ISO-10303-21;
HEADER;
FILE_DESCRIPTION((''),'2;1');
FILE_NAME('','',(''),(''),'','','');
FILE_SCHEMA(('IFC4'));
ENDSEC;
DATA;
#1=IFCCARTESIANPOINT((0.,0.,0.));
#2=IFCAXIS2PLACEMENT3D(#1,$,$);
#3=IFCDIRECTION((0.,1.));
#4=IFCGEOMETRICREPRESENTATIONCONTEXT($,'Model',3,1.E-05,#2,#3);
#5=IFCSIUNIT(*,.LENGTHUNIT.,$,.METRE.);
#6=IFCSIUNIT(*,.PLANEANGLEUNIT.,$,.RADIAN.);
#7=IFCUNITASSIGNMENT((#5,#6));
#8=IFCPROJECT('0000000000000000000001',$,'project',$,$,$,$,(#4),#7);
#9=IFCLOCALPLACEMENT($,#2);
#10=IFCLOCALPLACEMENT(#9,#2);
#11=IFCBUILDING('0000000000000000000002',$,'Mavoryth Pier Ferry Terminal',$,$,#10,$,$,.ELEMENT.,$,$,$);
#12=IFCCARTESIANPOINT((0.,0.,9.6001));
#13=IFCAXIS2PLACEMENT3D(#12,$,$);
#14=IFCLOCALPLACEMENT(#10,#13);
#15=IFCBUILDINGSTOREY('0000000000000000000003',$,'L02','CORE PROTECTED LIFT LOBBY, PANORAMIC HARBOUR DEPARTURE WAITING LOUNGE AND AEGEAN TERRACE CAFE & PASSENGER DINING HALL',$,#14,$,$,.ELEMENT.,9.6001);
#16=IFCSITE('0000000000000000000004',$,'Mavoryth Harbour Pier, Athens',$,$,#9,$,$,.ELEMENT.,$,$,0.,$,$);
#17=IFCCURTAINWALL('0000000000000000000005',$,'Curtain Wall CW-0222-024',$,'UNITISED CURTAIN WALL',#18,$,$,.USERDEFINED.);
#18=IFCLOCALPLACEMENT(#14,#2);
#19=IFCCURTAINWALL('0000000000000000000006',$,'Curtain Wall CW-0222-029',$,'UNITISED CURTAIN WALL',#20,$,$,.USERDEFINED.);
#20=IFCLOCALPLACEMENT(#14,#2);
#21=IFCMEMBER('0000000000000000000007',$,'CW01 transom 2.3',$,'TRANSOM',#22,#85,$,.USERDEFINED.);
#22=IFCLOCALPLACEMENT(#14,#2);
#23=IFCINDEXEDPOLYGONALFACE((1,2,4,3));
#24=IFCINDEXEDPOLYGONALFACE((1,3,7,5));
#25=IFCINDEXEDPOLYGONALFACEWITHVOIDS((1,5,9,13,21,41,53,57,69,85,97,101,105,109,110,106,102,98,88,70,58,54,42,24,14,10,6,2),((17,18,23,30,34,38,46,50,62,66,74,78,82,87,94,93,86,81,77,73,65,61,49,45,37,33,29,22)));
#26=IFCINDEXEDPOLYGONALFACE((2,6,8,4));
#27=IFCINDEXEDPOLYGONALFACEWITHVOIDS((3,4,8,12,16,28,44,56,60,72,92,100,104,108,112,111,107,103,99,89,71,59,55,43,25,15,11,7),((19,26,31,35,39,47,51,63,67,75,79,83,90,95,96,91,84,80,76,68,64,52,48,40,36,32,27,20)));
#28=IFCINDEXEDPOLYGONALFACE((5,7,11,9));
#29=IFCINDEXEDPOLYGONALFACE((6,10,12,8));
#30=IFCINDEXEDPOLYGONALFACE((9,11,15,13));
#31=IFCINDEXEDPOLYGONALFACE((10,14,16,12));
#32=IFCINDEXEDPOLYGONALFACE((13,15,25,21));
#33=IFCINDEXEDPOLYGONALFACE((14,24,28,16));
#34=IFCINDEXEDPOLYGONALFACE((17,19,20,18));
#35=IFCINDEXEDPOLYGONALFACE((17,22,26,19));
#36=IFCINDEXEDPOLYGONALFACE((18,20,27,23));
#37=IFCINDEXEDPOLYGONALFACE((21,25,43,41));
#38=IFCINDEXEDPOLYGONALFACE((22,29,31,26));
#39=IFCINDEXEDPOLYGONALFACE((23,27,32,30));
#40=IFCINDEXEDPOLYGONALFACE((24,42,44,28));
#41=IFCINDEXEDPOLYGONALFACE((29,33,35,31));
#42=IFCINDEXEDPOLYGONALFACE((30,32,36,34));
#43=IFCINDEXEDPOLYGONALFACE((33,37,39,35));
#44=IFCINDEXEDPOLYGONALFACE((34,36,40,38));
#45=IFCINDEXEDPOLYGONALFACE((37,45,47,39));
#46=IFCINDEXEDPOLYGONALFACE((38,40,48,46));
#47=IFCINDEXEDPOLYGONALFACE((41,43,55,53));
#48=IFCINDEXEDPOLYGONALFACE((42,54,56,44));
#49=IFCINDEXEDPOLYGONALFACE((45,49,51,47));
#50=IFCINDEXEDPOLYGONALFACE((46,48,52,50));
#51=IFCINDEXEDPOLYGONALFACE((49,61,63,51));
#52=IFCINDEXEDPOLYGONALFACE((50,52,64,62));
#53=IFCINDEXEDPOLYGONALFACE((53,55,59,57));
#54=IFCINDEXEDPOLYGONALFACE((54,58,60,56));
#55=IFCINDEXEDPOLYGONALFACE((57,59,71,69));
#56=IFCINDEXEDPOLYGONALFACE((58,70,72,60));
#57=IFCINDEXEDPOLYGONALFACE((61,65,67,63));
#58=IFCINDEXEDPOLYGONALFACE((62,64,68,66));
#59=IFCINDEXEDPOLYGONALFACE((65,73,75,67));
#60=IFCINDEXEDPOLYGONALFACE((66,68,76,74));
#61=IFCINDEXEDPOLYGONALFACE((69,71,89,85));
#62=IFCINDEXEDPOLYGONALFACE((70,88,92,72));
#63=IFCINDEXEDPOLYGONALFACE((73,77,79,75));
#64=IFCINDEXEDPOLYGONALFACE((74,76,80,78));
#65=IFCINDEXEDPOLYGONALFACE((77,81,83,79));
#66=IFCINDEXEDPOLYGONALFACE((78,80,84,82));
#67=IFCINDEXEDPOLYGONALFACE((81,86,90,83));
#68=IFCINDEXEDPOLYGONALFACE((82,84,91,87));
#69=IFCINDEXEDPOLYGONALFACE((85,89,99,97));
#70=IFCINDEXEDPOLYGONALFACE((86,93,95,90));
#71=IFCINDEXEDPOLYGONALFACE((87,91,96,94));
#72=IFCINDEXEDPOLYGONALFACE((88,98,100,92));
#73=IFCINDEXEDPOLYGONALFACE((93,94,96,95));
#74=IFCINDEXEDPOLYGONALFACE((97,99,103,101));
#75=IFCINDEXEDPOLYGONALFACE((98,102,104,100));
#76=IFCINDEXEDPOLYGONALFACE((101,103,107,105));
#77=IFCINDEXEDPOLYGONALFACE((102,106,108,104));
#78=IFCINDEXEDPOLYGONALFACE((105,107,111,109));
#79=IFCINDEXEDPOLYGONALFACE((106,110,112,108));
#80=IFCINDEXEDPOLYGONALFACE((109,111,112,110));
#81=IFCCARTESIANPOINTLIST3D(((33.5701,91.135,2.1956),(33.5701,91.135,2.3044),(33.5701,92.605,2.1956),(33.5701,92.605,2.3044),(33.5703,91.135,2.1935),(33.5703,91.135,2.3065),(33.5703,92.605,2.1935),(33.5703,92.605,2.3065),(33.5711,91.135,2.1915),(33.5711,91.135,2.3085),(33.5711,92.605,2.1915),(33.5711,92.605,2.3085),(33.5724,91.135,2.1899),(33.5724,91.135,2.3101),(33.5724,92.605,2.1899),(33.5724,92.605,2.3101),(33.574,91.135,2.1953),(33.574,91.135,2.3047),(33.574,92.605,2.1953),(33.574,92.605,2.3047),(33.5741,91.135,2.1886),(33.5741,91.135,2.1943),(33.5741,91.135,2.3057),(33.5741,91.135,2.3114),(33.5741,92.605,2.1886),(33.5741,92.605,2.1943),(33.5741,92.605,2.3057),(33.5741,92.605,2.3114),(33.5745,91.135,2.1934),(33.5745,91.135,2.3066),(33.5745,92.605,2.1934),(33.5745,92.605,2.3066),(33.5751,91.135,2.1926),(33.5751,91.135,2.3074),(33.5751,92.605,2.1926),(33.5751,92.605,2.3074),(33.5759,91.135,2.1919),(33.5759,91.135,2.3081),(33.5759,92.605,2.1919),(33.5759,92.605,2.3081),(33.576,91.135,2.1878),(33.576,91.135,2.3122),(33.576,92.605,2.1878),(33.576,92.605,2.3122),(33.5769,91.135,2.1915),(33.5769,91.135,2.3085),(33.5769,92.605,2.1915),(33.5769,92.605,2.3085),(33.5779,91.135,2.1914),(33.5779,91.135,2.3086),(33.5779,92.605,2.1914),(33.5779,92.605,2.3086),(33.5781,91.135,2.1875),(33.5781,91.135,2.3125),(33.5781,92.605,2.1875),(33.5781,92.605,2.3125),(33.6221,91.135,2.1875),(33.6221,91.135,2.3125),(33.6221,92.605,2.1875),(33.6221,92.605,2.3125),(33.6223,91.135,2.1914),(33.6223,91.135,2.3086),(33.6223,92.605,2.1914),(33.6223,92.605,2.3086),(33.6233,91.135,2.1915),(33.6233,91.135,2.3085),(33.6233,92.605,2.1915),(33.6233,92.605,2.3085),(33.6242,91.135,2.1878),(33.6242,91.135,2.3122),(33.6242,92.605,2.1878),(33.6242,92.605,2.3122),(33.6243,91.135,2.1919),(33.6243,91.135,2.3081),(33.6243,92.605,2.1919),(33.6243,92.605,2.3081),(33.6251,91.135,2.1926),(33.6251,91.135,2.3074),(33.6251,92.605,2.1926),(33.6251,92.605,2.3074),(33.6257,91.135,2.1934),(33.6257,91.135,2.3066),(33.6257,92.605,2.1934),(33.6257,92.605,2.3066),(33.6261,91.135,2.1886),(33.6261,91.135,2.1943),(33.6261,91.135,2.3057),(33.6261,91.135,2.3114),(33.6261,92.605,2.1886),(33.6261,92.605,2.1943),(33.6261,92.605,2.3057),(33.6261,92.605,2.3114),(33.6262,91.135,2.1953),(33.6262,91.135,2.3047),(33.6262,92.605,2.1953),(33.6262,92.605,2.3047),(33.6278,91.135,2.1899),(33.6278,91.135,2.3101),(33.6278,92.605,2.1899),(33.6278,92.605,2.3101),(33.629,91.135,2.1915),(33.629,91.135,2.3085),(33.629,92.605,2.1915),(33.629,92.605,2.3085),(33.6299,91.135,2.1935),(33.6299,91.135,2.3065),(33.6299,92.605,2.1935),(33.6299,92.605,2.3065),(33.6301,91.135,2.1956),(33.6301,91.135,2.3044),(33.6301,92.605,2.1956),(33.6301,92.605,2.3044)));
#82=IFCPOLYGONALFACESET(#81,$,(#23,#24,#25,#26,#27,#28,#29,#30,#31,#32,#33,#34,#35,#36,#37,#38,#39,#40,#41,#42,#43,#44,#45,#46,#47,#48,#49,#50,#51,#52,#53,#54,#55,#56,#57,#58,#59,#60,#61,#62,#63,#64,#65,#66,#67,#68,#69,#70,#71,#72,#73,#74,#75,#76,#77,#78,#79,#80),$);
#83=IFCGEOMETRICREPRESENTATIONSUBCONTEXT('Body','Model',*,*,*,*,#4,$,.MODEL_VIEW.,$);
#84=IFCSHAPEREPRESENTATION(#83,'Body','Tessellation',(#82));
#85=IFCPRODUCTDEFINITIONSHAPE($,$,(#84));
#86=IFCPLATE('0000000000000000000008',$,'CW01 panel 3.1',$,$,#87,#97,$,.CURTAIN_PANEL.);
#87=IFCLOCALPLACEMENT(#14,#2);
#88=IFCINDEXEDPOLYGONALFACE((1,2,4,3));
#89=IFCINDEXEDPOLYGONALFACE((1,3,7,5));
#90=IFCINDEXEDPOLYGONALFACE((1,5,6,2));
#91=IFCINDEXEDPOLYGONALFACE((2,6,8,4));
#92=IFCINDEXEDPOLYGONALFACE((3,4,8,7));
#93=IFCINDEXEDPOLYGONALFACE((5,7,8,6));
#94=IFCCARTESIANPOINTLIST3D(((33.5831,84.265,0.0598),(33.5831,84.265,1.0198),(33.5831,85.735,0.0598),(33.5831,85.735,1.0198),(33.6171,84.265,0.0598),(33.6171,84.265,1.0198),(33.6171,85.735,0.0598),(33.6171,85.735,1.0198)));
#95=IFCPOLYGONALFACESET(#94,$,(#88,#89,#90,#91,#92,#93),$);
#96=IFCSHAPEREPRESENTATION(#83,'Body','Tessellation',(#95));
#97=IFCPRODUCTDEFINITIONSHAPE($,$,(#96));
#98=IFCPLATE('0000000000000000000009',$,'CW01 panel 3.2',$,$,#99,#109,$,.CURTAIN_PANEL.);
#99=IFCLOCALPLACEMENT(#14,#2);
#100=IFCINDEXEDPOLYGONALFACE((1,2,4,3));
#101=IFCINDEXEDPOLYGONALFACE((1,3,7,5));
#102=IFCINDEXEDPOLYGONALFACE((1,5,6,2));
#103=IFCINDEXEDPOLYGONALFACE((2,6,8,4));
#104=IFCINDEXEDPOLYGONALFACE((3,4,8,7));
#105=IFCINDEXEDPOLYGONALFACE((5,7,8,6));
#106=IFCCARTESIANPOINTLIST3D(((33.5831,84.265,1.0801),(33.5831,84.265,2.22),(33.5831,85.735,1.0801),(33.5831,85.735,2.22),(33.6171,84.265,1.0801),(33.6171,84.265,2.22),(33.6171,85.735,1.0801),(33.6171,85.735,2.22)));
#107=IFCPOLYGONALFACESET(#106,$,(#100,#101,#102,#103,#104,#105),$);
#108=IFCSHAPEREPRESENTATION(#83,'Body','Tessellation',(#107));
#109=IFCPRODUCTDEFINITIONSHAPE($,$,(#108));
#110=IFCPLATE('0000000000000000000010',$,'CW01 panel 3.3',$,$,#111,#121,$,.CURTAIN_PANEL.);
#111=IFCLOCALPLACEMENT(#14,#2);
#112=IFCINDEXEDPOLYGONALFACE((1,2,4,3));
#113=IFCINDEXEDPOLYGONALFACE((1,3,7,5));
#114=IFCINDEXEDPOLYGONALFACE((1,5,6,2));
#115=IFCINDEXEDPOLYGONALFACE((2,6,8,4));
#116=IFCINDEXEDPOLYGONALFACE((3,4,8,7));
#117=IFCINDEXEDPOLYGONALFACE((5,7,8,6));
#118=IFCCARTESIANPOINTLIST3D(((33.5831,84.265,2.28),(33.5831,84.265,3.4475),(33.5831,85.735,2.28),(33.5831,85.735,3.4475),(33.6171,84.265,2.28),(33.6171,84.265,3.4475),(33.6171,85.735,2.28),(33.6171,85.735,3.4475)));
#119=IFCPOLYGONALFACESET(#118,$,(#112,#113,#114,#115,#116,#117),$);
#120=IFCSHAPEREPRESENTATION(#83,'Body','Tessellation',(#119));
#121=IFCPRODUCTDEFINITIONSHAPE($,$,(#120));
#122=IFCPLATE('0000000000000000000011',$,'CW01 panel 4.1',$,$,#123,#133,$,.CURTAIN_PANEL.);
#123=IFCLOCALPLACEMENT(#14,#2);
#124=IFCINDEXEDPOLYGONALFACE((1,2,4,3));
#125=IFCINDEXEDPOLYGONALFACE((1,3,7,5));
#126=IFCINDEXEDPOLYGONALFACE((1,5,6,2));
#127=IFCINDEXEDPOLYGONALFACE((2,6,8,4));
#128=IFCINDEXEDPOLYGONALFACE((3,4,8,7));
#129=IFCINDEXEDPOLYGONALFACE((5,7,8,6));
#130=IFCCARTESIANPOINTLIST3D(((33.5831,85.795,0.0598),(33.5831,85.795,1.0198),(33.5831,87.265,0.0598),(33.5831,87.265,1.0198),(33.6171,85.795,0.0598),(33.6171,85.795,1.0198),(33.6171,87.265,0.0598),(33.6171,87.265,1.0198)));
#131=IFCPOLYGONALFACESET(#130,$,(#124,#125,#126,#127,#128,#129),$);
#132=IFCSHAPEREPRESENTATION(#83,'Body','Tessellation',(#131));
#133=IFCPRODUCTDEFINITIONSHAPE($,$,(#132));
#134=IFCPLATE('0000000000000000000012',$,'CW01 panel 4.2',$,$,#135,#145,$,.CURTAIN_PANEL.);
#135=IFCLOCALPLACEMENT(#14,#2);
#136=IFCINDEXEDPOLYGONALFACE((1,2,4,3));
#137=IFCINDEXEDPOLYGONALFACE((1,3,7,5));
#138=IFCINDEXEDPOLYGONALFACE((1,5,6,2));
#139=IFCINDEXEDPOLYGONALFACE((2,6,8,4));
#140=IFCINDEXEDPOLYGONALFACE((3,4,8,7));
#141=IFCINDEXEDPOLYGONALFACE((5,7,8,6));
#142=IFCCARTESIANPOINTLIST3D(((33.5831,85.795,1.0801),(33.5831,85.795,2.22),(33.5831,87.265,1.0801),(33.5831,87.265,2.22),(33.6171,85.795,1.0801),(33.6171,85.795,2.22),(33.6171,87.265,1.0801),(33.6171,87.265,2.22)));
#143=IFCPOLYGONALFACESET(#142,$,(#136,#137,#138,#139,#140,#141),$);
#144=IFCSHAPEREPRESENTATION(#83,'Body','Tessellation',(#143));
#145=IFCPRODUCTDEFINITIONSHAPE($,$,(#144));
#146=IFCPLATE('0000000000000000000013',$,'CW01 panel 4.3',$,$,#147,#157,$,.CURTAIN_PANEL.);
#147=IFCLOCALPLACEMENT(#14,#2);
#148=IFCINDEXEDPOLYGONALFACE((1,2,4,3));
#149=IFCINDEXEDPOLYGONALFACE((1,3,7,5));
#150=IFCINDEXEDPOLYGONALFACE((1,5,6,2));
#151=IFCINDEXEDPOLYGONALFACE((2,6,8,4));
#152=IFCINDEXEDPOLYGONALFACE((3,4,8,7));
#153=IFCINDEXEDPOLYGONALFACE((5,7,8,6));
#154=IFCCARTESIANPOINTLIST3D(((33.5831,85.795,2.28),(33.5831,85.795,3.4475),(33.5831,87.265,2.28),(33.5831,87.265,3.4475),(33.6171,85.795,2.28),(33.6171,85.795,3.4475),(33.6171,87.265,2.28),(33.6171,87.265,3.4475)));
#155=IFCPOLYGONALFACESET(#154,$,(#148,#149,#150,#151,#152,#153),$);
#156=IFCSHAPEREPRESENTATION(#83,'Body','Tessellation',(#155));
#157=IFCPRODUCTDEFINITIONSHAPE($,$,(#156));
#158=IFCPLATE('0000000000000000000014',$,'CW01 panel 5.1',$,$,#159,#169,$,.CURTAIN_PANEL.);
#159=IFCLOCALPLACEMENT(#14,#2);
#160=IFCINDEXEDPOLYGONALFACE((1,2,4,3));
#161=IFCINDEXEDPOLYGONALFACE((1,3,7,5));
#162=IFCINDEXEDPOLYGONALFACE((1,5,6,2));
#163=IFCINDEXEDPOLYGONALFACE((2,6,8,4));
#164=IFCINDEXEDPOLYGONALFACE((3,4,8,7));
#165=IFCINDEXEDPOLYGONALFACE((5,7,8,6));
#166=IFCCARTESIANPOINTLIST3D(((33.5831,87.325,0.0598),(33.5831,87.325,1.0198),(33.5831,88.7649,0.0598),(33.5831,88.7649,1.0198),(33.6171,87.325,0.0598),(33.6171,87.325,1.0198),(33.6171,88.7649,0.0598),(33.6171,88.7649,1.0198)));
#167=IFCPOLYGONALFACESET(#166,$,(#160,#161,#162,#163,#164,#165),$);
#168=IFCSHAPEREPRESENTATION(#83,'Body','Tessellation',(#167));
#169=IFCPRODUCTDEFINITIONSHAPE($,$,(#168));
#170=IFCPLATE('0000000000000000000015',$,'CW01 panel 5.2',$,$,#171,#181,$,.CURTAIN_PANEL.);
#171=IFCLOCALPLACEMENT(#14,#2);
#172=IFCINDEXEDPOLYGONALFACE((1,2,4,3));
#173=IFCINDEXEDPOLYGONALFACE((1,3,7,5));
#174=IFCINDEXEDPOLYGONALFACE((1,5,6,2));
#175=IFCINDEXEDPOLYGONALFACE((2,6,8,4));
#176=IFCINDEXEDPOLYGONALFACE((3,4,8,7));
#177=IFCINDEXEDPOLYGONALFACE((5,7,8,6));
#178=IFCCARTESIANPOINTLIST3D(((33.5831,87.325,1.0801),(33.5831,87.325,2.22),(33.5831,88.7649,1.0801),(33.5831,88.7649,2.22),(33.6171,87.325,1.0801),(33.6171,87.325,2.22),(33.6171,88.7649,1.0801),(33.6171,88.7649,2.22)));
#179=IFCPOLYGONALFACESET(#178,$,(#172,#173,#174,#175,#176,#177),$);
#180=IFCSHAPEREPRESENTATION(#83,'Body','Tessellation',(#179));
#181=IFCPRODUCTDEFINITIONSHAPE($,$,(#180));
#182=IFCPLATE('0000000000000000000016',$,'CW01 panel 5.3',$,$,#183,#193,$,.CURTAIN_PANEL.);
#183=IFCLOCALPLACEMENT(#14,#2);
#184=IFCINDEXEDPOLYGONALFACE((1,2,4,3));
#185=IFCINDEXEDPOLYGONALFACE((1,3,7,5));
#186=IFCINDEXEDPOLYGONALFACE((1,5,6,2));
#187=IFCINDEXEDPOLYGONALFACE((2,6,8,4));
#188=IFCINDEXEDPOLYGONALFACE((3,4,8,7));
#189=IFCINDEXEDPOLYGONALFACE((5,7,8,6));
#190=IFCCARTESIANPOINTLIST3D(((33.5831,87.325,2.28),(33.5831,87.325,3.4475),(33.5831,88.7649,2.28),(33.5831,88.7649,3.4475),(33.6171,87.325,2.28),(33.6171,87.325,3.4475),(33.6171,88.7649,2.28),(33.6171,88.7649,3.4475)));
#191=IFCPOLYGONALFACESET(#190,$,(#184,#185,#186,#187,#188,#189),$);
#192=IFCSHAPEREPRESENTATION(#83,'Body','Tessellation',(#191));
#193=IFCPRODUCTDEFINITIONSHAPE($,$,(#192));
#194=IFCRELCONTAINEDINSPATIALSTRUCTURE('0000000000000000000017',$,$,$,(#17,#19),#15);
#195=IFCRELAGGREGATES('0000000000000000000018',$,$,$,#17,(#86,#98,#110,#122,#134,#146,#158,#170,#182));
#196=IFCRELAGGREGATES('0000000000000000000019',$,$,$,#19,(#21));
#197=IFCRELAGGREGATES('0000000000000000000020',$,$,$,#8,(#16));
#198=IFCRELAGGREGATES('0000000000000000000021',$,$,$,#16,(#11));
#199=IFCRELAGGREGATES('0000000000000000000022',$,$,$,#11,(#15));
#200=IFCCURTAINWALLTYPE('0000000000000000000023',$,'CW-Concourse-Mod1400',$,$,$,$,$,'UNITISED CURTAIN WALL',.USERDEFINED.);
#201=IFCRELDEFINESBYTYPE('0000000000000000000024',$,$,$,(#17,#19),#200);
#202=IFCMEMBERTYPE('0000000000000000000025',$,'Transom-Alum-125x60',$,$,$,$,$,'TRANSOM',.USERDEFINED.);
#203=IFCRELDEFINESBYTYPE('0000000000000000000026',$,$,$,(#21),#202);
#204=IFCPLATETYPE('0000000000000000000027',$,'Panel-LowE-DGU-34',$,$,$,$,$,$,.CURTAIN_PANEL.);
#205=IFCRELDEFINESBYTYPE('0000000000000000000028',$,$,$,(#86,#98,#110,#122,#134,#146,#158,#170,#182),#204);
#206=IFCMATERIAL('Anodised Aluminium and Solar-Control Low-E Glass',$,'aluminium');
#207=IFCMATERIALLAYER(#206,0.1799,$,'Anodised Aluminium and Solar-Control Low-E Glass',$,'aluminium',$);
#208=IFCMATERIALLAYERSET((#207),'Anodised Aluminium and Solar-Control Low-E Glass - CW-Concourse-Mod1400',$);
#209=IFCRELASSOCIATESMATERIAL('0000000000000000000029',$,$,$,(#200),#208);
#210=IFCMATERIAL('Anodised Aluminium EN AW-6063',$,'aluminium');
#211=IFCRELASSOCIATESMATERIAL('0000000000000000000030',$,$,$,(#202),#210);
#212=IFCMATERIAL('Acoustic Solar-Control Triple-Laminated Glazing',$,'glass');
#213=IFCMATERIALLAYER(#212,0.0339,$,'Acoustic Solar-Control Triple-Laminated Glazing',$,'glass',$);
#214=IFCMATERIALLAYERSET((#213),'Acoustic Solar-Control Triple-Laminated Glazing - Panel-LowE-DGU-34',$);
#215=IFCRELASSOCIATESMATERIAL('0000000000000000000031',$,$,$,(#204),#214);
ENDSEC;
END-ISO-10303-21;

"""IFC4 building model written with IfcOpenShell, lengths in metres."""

from ifc_helpers import new_model, si_unit, direction, frame, origin, origin_2d, place, context, subcontext, project, spatial, rectangle, hollow_rectangle, extrude, material, layer, layer_set, material_profile, profile_set, type_object, element, aggregate, save


model = new_model("IFC4")

# Units and contexts
model_context = context("Model", 3, precision=1e-05, world=origin(), true_north=direction((0.0, 1.0)))
body_context = subcontext(model_context, "Body", "Model", "MODEL_VIEW")
ifc_project = project(units=[si_unit("LENGTHUNIT", "METRE"), si_unit("PLANEANGLEUNIT", "RADIAN")], contexts=[model_context])

# Site, building, storey
site_placement = place(None, origin())
site = spatial("IfcSite", under=ifc_project, at=site_placement, Name="Mavoryth Harbour Pier, Athens", CompositionType="ELEMENT", RefElevation=0.0)
building_placement = place(site_placement, origin())
building = spatial("IfcBuilding", under=site, at=building_placement, Name="Mavoryth Pier Ferry Terminal", CompositionType="ELEMENT")
storey_placement = place(building_placement, frame((0.0, 0.0, 9.6001)))
storey = spatial("IfcBuildingStorey", under=building, at=storey_placement, Name="L02", Description="CORE PROTECTED LIFT LOBBY, PANORAMIC HARBOUR DEPARTURE WAITING LOUNGE AND AEGEAN TERRACE CAFE & PASSENGER DINING HALL", CompositionType="ELEMENT", Elevation=9.6001)

# Curtain walls
ifc_material_1 = material(Name="Anodised Aluminium and Solar-Control Low-E Glass", Category="aluminium")
ifc_layer_1 = layer(ifc_material_1, 0.1799, Name="Anodised Aluminium and Solar-Control Low-E Glass", Category="aluminium")
ifc_layer_set_1 = layer_set([ifc_layer_1], Name="Anodised Aluminium and Solar-Control Low-E Glass - CW-Concourse-Mod1400")
curtain_wall_type = type_object("IfcCurtainWallType", Name="CW-Concourse-Mod1400", ElementType="UNITISED CURTAIN WALL", PredefinedType="USERDEFINED", material=ifc_layer_set_1)
curtain_wall_1_placement = place(storey_placement, origin())
curtain_wall_1 = element("IfcCurtainWall", 1, at=curtain_wall_1_placement, inside=storey, type_object=curtain_wall_type, Name="Curtain Wall CW-0222-024", ObjectType="UNITISED CURTAIN WALL", PredefinedType="USERDEFINED")
ifc_material_2 = material(Name="Anodised Aluminium EN AW-6063", Category="aluminium")
curtain_wall_2_placement = place(storey_placement, origin())
curtain_wall_2 = element("IfcCurtainWall", 2, at=curtain_wall_2_placement, inside=storey, type_object=curtain_wall_type, Name="Curtain Wall CW-0222-029", ObjectType="UNITISED CURTAIN WALL", PredefinedType="USERDEFINED")

# Member
ifc_material_profile_1 = material_profile(ifc_material_2, hollow_rectangle(XDim=0.0601, YDim=0.125, WallThickness=0.0039, InnerFilletRadius=0.0039, OuterFilletRadius=0.0081, at=origin_2d()), Name="AL-TRAN 125x60x4", Category="aluminium")
ifc_profile_set_1 = profile_set([ifc_material_profile_1], Name="Anodised Aluminium EN AW-6063 - AL-TRAN 125x60x4")
member_type_1 = type_object("IfcMemberType", Name="Transom-Alum-125x60", ElementType="TRANSOM", PredefinedType="USERDEFINED", material=ifc_profile_set_1)
member_1_placement = place(storey_placement, frame((33.6001, 91.135, 2.25), z_axis=(0.0, 1.0, 0.0), x_axis=(-1.0, 0.0, 0.0)))
member_1 = element("IfcMember", 3, at=member_1_placement, type_object=member_type_1, Name="CW01 transom 2.3", ObjectType="TRANSOM", PredefinedType="USERDEFINED", context=body_context, shape_type="SweptSolid", body=[
    extrude(hollow_rectangle(XDim=0.0601, YDim=0.125, WallThickness=0.0039, InnerFilletRadius=0.0039, OuterFilletRadius=0.0081, at=origin_2d()), origin(), (0.0, 0.0, 1.0), 1.47),
])

# Plates
ifc_material_3 = material(Name="Acoustic Solar-Control Triple-Laminated Glazing", Category="glass")
ifc_layer_2 = layer(ifc_material_3, 0.0339, Name="Acoustic Solar-Control Triple-Laminated Glazing", Category="glass")
ifc_layer_set_2 = layer_set([ifc_layer_2], Name="Acoustic Solar-Control Triple-Laminated Glazing - Panel-LowE-DGU-34")
plate_type = type_object("IfcPlateType", Name="Panel-LowE-DGU-34", PredefinedType="CURTAIN_PANEL", material=ifc_layer_set_2)
plate_1_placement = place(storey_placement, frame((33.6001, 85.0, 0.0598), z_axis=(0.0, 0.0, 1.0), x_axis=(0.0, 1.0, 0.0)))
plate_1 = element("IfcPlate", 4, at=plate_1_placement, type_object=plate_type, Name="CW01 panel 3.1", PredefinedType="CURTAIN_PANEL", context=body_context, shape_type="SweptSolid", body=[
    extrude(rectangle(XDim=1.47, YDim=0.0339, at=origin_2d()), origin(), (0.0, 0.0, 1.0), 0.96),
])
plate_2_placement = place(storey_placement, frame((33.6001, 85.0, 1.0801), z_axis=(0.0, 0.0, 1.0), x_axis=(0.0, 1.0, 0.0)))
plate_2 = element("IfcPlate", 5, at=plate_2_placement, type_object=plate_type, Name="CW01 panel 3.2", PredefinedType="CURTAIN_PANEL", context=body_context, shape_type="SweptSolid", body=[
    extrude(rectangle(XDim=1.47, YDim=0.0339, at=origin_2d()), origin(), (0.0, 0.0, 1.0), 1.1399),
])
plate_3_placement = place(storey_placement, frame((33.6001, 85.0, 2.28), z_axis=(0.0, 0.0, 1.0), x_axis=(0.0, 1.0, 0.0)))
plate_3 = element("IfcPlate", 6, at=plate_3_placement, type_object=plate_type, Name="CW01 panel 3.3", PredefinedType="CURTAIN_PANEL", context=body_context, shape_type="SweptSolid", body=[
    extrude(rectangle(XDim=1.47, YDim=0.0339, at=origin_2d()), origin(), (0.0, 0.0, 1.0), 1.1675),
])
plate_4_placement = place(storey_placement, frame((33.6001, 86.53, 0.0598), z_axis=(0.0, 0.0, 1.0), x_axis=(0.0, 1.0, 0.0)))
plate_4 = element("IfcPlate", 7, at=plate_4_placement, type_object=plate_type, Name="CW01 panel 4.1", PredefinedType="CURTAIN_PANEL", context=body_context, shape_type="SweptSolid", body=[
    extrude(rectangle(XDim=1.47, YDim=0.0339, at=origin_2d()), origin(), (0.0, 0.0, 1.0), 0.96),
])
plate_5_placement = place(storey_placement, frame((33.6001, 86.53, 1.0801), z_axis=(0.0, 0.0, 1.0), x_axis=(0.0, 1.0, 0.0)))
plate_5 = element("IfcPlate", 8, at=plate_5_placement, type_object=plate_type, Name="CW01 panel 4.2", PredefinedType="CURTAIN_PANEL", context=body_context, shape_type="SweptSolid", body=[
    extrude(rectangle(XDim=1.47, YDim=0.0339, at=origin_2d()), origin(), (0.0, 0.0, 1.0), 1.1399),
])
plate_6_placement = place(storey_placement, frame((33.6001, 86.53, 2.28), z_axis=(0.0, 0.0, 1.0), x_axis=(0.0, 1.0, 0.0)))
plate_6 = element("IfcPlate", 9, at=plate_6_placement, type_object=plate_type, Name="CW01 panel 4.3", PredefinedType="CURTAIN_PANEL", context=body_context, shape_type="SweptSolid", body=[
    extrude(rectangle(XDim=1.47, YDim=0.0339, at=origin_2d()), origin(), (0.0, 0.0, 1.0), 1.1675),
])
plate_7_placement = place(storey_placement, frame((33.6001, 88.0449, 0.0598), z_axis=(0.0, 0.0, 1.0), x_axis=(0.0, 1.0, 0.0)))
plate_7 = element("IfcPlate", 10, at=plate_7_placement, type_object=plate_type, Name="CW01 panel 5.1", PredefinedType="CURTAIN_PANEL", context=body_context, shape_type="SweptSolid", body=[
    extrude(rectangle(XDim=1.4399, YDim=0.0339, at=origin_2d()), origin(), (0.0, 0.0, 1.0), 0.96),
])
plate_8_placement = place(storey_placement, frame((33.6001, 88.0449, 1.0801), z_axis=(0.0, 0.0, 1.0), x_axis=(0.0, 1.0, 0.0)))
plate_8 = element("IfcPlate", 11, at=plate_8_placement, type_object=plate_type, Name="CW01 panel 5.2", PredefinedType="CURTAIN_PANEL", context=body_context, shape_type="SweptSolid", body=[
    extrude(rectangle(XDim=1.4399, YDim=0.0339, at=origin_2d()), origin(), (0.0, 0.0, 1.0), 1.1399),
])
plate_9_placement = place(storey_placement, frame((33.6001, 88.0449, 2.28), z_axis=(0.0, 0.0, 1.0), x_axis=(0.0, 1.0, 0.0)))
plate_9 = element("IfcPlate", 12, at=plate_9_placement, type_object=plate_type, Name="CW01 panel 5.3", PredefinedType="CURTAIN_PANEL", context=body_context, shape_type="SweptSolid", body=[
    extrude(rectangle(XDim=1.4399, YDim=0.0339, at=origin_2d()), origin(), (0.0, 0.0, 1.0), 1.1675),
])
aggregate(curtain_wall_1, [plate_1, plate_2, plate_3, plate_4, plate_5, plate_6, plate_7, plate_8, plate_9])
aggregate(curtain_wall_2, [member_1])

save(model, "model.ifc")
